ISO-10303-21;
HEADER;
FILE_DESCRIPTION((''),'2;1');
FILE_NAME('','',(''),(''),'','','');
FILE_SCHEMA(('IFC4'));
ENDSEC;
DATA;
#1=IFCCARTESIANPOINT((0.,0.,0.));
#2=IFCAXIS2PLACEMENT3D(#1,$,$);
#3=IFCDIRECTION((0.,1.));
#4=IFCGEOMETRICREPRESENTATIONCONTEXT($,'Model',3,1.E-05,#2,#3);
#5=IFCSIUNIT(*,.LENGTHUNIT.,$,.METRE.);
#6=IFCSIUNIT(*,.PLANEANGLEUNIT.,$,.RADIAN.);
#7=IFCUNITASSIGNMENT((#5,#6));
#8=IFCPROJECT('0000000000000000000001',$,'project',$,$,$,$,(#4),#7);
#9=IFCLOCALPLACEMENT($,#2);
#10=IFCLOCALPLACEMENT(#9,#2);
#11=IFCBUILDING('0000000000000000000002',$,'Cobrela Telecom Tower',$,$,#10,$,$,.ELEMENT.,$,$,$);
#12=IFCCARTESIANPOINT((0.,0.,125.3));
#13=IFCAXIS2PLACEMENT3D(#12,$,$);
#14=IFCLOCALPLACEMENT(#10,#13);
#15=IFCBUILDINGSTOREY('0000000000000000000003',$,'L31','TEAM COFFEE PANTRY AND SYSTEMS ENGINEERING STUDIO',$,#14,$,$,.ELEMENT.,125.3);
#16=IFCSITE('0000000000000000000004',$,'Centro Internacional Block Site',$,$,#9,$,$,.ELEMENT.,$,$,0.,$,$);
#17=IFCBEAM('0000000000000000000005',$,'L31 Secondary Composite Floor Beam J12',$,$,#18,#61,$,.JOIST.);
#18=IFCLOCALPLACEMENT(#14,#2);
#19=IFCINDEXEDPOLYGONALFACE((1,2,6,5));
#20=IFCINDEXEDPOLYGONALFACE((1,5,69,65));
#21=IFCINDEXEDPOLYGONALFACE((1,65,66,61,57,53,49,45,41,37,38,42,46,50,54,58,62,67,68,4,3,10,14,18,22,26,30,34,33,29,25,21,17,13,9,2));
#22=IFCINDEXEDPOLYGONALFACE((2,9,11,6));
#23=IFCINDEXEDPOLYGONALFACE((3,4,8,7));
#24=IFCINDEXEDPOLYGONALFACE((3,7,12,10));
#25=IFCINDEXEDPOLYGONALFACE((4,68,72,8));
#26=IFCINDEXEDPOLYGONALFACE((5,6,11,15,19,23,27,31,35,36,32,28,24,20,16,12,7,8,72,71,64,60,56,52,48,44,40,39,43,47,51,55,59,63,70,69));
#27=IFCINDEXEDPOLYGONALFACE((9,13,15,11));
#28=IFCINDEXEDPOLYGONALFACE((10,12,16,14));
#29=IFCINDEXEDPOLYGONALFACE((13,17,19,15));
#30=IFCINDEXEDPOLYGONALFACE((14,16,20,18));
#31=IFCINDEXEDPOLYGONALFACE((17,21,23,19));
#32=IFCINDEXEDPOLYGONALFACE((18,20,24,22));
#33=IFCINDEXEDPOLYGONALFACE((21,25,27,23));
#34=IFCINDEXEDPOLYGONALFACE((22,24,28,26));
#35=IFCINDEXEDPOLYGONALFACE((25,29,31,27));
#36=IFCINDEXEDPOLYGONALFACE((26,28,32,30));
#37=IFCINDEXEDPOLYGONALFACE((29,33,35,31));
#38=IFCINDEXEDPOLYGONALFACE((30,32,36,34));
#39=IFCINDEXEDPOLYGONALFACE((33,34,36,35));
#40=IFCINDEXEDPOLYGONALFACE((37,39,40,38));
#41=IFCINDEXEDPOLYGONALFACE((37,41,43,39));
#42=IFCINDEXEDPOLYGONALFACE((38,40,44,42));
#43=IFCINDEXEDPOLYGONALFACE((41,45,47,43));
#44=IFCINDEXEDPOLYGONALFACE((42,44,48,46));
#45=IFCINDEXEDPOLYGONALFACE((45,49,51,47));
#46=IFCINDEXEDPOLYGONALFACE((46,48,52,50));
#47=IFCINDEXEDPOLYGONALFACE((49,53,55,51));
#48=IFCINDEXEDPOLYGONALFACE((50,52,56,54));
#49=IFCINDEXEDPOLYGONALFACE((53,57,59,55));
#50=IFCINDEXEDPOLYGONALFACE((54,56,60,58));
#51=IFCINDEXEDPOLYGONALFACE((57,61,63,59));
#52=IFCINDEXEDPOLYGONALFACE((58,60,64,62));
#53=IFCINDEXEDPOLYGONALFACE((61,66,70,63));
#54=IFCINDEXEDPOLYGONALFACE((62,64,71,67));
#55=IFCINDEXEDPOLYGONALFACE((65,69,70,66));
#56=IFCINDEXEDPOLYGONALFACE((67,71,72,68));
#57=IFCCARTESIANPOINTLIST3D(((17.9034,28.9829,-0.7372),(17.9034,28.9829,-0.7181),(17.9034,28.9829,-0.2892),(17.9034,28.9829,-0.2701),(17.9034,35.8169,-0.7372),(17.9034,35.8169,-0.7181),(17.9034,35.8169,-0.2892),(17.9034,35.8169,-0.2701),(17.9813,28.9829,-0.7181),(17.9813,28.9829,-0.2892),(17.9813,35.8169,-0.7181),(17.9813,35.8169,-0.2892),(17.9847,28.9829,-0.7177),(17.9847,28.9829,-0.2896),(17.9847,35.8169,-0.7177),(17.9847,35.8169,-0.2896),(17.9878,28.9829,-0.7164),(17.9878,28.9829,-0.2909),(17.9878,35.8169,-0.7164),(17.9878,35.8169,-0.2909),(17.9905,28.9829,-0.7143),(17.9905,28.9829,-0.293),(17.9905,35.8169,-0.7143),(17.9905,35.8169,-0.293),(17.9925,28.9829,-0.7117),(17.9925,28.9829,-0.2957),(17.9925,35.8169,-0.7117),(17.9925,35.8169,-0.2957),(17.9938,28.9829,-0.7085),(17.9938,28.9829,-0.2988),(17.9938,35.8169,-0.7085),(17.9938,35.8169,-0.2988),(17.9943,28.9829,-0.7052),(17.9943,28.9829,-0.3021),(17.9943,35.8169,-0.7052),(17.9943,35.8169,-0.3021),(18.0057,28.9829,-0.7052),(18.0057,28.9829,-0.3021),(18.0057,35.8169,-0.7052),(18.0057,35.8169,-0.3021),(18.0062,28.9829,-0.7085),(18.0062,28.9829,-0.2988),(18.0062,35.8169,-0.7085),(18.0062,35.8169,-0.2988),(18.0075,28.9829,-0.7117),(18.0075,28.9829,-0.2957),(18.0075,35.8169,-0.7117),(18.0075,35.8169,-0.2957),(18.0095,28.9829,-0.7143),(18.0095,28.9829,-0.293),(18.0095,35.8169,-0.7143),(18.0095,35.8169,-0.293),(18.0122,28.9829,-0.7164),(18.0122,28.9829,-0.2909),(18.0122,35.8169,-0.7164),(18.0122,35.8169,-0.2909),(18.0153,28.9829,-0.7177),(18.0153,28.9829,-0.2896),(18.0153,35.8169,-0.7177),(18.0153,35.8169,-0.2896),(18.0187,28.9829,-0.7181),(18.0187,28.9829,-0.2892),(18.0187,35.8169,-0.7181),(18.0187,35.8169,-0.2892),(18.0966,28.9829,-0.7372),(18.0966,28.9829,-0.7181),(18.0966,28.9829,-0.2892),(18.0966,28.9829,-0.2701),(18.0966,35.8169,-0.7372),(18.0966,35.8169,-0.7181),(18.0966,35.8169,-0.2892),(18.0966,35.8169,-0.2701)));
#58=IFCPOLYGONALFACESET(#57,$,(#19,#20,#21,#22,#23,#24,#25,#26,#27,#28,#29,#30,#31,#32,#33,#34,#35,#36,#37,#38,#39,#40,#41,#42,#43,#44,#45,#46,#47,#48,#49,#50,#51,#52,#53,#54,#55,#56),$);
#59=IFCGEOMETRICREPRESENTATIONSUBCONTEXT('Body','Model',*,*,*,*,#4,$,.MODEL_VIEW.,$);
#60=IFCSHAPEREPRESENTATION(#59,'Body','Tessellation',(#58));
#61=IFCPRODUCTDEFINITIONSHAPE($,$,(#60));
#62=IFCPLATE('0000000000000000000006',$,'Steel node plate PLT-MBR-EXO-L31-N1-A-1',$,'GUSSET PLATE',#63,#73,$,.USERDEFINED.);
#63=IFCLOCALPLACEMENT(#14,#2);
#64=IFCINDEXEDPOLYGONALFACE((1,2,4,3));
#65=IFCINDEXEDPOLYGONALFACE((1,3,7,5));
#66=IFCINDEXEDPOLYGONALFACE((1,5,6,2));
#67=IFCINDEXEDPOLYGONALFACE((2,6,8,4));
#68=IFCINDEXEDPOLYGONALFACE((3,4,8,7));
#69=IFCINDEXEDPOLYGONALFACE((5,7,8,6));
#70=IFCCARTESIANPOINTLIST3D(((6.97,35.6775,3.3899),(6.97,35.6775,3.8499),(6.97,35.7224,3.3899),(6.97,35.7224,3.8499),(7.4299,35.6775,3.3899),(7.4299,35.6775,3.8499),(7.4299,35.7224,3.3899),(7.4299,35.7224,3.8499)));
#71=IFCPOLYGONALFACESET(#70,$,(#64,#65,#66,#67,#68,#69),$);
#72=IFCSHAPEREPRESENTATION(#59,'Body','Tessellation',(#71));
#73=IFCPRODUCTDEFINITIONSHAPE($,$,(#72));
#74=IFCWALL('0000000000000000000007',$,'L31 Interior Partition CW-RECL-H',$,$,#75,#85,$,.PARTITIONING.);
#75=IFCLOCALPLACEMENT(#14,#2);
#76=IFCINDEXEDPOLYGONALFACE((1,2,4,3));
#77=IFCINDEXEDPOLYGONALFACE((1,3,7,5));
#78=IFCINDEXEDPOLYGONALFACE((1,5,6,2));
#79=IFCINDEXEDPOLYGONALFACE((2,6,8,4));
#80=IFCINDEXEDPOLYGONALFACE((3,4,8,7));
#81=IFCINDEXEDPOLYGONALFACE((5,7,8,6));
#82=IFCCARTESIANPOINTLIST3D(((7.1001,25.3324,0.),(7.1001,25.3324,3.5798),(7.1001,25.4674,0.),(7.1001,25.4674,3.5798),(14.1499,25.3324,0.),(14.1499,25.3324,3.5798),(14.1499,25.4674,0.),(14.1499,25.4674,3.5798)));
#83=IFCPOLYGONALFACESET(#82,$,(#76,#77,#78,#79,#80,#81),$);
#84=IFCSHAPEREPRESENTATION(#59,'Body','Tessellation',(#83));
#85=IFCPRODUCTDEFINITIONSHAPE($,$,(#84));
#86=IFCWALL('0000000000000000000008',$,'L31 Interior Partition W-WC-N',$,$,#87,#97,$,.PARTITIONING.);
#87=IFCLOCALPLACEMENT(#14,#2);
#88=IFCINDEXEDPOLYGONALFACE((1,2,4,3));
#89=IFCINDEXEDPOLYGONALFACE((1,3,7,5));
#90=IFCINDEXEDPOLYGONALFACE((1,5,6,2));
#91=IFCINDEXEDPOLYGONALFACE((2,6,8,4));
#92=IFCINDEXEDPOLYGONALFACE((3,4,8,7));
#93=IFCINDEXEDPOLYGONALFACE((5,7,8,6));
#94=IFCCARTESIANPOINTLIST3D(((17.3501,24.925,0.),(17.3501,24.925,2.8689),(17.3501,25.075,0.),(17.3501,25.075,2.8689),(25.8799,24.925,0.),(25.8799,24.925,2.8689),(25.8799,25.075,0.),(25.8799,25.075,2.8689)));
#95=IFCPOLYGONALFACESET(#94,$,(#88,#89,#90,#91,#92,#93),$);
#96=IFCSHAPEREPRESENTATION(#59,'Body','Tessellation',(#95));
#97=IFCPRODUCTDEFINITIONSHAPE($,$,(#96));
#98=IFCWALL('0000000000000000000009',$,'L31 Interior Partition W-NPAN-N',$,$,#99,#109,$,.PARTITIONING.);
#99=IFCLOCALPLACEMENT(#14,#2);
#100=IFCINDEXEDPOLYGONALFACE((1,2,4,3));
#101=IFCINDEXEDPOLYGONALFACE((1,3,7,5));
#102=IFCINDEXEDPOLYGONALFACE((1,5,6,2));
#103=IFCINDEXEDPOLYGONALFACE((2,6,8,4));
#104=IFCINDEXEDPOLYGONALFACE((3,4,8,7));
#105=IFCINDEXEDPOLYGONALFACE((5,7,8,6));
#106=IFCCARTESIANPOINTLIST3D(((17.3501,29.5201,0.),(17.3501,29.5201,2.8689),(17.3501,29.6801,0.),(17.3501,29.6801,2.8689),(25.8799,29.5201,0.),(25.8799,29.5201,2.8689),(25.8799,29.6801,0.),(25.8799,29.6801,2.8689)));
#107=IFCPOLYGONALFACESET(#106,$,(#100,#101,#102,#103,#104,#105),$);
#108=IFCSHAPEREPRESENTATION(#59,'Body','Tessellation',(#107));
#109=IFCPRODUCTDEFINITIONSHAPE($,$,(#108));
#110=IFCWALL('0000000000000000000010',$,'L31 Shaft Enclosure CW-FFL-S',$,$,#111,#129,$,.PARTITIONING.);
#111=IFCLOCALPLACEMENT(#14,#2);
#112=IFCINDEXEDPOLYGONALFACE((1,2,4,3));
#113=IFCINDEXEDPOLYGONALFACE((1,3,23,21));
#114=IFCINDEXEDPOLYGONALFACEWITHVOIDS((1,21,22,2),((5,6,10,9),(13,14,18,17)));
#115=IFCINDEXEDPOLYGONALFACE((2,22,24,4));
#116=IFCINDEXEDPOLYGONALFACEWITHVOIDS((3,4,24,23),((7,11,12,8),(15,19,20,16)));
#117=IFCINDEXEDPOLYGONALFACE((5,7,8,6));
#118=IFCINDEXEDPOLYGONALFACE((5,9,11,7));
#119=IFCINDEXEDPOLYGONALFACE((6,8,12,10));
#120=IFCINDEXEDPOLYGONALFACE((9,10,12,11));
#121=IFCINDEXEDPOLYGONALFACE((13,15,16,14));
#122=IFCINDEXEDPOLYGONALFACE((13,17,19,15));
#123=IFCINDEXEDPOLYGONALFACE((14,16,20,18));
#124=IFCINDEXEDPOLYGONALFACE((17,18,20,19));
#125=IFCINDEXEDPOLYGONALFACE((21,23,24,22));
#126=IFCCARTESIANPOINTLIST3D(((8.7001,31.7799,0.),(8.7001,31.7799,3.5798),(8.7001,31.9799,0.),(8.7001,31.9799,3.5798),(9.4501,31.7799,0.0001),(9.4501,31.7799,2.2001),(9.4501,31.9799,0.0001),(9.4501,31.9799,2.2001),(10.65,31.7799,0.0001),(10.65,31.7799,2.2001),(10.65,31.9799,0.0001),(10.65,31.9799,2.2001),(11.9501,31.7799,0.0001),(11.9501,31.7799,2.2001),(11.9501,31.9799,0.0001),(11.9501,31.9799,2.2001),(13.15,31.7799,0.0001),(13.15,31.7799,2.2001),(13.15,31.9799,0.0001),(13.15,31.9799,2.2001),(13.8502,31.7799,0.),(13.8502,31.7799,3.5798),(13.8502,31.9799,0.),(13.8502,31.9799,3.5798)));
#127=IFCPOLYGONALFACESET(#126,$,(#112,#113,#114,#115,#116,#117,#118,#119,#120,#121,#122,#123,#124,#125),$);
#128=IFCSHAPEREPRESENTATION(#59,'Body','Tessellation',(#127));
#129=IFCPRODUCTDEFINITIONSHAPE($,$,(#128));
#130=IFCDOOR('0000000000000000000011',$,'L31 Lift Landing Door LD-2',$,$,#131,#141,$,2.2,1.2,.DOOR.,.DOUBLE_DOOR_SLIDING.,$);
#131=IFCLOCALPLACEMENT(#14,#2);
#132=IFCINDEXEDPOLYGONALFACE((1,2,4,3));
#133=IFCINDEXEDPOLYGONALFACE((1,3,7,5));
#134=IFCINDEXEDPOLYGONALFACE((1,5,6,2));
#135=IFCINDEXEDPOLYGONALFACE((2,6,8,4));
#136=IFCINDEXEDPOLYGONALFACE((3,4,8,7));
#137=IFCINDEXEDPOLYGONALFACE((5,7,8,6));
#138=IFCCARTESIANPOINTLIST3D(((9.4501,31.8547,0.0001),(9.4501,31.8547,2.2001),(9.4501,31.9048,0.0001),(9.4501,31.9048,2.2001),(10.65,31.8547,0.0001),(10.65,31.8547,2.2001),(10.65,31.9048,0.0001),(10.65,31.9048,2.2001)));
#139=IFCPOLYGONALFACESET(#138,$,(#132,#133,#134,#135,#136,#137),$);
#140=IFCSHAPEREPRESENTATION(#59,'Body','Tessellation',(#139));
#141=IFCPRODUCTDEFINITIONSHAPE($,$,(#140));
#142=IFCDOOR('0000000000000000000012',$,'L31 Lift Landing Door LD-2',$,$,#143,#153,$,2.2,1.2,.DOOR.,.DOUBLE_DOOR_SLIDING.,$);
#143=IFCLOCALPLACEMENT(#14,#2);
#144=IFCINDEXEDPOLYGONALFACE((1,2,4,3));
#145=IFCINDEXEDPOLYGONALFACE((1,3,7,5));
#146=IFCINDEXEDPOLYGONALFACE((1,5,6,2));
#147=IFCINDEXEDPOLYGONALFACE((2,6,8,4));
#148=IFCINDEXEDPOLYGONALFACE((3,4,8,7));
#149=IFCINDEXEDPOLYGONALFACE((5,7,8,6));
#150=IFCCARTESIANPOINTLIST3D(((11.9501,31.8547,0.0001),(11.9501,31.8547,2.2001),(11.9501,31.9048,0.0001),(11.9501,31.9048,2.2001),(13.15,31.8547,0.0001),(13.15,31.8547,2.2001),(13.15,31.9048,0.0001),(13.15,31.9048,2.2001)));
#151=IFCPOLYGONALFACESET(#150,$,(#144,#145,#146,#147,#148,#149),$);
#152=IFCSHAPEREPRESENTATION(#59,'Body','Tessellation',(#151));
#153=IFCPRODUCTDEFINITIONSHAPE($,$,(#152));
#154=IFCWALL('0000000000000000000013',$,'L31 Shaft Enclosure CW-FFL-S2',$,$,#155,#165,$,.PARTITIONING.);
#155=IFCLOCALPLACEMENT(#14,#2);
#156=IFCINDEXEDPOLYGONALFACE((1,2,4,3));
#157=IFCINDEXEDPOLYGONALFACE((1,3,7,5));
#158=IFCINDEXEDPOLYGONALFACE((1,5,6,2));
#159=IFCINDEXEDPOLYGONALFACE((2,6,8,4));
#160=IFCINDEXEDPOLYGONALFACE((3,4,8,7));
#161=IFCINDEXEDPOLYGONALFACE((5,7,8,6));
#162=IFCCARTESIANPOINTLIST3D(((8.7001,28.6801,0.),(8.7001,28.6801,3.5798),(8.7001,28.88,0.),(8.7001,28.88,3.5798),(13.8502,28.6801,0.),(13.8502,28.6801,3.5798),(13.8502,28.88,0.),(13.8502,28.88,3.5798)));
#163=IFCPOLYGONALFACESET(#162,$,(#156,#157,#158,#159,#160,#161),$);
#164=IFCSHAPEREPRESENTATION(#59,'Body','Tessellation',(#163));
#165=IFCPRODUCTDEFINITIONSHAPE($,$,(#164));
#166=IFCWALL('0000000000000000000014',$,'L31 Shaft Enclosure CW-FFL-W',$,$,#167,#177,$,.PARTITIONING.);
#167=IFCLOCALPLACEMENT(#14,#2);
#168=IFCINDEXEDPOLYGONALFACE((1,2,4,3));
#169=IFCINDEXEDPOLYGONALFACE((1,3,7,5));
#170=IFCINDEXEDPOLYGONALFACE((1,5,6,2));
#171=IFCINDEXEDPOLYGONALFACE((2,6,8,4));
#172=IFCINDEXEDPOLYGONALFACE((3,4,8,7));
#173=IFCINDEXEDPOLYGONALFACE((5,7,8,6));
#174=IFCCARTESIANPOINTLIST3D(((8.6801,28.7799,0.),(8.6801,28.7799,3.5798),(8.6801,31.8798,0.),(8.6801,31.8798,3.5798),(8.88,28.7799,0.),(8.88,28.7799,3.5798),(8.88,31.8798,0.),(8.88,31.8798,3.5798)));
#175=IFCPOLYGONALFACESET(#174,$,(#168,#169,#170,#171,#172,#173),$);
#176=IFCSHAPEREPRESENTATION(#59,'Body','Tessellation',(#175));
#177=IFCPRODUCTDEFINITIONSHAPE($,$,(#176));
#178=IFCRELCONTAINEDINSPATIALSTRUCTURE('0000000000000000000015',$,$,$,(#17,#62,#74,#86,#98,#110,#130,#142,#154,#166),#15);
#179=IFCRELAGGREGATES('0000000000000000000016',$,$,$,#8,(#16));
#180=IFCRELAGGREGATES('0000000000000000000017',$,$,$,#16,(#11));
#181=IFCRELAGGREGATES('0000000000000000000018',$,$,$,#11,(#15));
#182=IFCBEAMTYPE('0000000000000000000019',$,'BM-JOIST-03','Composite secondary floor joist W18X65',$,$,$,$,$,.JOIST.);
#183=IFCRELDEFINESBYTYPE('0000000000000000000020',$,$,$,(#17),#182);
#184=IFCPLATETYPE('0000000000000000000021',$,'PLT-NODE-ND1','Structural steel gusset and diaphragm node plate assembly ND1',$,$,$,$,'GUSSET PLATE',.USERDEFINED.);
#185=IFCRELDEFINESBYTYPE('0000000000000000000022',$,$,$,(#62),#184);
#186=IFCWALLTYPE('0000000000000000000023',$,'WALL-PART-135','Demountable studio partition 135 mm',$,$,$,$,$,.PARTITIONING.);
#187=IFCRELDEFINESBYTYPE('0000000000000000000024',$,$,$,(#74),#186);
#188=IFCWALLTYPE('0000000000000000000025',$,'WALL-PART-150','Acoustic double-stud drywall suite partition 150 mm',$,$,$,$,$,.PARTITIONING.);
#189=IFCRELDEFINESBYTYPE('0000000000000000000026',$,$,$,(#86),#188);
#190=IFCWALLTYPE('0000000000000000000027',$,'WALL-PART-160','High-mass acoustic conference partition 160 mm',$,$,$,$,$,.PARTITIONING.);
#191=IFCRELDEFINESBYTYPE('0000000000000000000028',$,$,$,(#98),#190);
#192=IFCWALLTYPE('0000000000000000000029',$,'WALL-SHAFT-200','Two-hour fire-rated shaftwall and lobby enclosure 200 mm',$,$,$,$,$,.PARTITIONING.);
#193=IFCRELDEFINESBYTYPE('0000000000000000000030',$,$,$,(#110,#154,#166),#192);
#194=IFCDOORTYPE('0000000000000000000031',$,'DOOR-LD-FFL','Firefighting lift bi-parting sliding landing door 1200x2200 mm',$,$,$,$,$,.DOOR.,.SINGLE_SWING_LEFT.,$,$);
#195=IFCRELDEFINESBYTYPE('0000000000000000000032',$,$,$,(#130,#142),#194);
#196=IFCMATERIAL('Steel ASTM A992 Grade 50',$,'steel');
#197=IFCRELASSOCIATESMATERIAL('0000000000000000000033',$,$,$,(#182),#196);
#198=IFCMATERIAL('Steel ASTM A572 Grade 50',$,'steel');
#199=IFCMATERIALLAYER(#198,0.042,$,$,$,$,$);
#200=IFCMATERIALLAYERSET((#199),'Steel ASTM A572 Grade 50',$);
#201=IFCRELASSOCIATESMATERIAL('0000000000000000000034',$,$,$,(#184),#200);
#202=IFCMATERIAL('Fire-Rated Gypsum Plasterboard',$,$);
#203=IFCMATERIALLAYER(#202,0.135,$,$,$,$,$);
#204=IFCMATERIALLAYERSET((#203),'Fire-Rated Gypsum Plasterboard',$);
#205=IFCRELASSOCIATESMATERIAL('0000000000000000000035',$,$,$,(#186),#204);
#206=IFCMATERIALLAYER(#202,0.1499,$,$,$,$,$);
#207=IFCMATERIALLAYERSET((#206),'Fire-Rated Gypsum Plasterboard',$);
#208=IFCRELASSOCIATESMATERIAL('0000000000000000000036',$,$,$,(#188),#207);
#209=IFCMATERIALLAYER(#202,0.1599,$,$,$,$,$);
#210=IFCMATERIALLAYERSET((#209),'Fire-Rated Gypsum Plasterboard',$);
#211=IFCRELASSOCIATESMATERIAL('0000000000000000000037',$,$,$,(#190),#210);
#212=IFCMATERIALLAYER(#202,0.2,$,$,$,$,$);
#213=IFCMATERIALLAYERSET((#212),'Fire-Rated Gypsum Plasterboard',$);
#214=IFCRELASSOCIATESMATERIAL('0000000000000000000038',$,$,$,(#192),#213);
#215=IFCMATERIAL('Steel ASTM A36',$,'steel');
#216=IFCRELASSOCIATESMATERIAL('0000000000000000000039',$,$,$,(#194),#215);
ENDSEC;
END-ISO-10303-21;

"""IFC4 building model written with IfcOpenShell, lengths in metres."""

from ifc_helpers import new_model, si_unit, direction, frame, frame_2d, origin, origin_2d, place, context, subcontext, project, spatial, rectangle, i_section, extrude, material, layer, layer_set, material_profile, profile_set, type_object, element, fill, save


model = new_model("IFC4")

# Units and contexts
model_context = context("Model", 3, precision=1e-05, world=origin(), true_north=direction((0.0, 1.0)))
body_context = subcontext(model_context, "Body", "Model", "MODEL_VIEW")
ifc_project = project(units=[si_unit("LENGTHUNIT", "METRE"), si_unit("PLANEANGLEUNIT", "RADIAN")], contexts=[model_context])

# Site, building, storey
site_placement = place(None, origin())
site = spatial("IfcSite", under=ifc_project, at=site_placement, Name="Centro Internacional Block Site", CompositionType="ELEMENT", RefElevation=0.0)
building_placement = place(site_placement, origin())
building = spatial("IfcBuilding", under=site, at=building_placement, Name="Cobrela Telecom Tower", CompositionType="ELEMENT")
storey_placement = place(building_placement, frame((0.0, 0.0, 125.3)))
storey = spatial("IfcBuildingStorey", under=building, at=storey_placement, Name="L31", Description="TEAM COFFEE PANTRY AND SYSTEMS ENGINEERING STUDIO", CompositionType="ELEMENT", Elevation=125.3)

# Beam
ifc_material_1 = material(Name="Steel ASTM A992 Grade 50", Category="steel")
ifc_material_profile_1 = material_profile(ifc_material_1, i_section(OverallWidth=0.1931, OverallDepth=0.467, WebThickness=0.0115, FlangeThickness=0.019, FilletRadius=0.0129, at=origin_2d()), Name="W18X65")
ifc_profile_set_1 = profile_set([ifc_material_profile_1], Name="Steel ASTM A992 Grade 50")
beam_type_1 = type_object("IfcBeamType", Name="BM-JOIST-03", Description="Composite secondary floor joist W18X65", PredefinedType="JOIST", material=ifc_profile_set_1)
for number, where, z_axis, x_axis, name in (
    (1, (18.0, 28.9829, -0.5037), (0.0, 1.0, 0.0), (-1.0, 0.0, 0.0), "L31 Secondary Composite Floor Beam J12"),
):
    element("IfcBeam", number, at=place(storey_placement, frame(where, z_axis=z_axis, x_axis=x_axis)), inside=storey, type_object=beam_type_1, Name=name, PredefinedType="JOIST", context=body_context, shape_type="SweptSolid", body=[
        extrude(i_section(OverallWidth=0.1931, OverallDepth=0.467, WebThickness=0.0115, FlangeThickness=0.019, FilletRadius=0.0129, at=origin_2d()), origin(), (0.0, 0.0, 1.0), 6.834),
    ])

# Plate
ifc_material_2 = material(Name="Steel ASTM A572 Grade 50", Category="steel")
ifc_layer_1 = layer(ifc_material_2, 0.042)
ifc_layer_set_1 = layer_set([ifc_layer_1], Name="Steel ASTM A572 Grade 50")
plate_type = type_object("IfcPlateType", Name="PLT-NODE-ND1", Description="Structural steel gusset and diaphragm node plate assembly ND1", ElementType="GUSSET PLATE", PredefinedType="USERDEFINED", material=ifc_layer_set_1)
plate_placement = place(storey_placement, frame((7.2, 35.7, 3.3899), z_axis=(0.0, 0.0, 1.0), x_axis=(1.0, 0.0, 0.0)))
element("IfcPlate", 2, at=plate_placement, inside=storey, type_object=plate_type, Name="Steel node plate PLT-MBR-EXO-L31-N1-A-1", ObjectType="GUSSET PLATE", PredefinedType="USERDEFINED", context=body_context, shape_type="SweptSolid", body=[
    extrude(rectangle(XDim=0.46, YDim=0.0449, at=origin_2d()), origin(), (0.0, 0.0, 1.0), 0.46),
])

# Shared definitions
ifc_material_3 = material(Name="Steel ASTM A36", Category="steel")

# Walls
ifc_material_4 = material(Name="Fire-Rated Gypsum Plasterboard")
ifc_layer_2 = layer(ifc_material_4, 0.135)
ifc_layer_set_2 = layer_set([ifc_layer_2], Name="Fire-Rated Gypsum Plasterboard")
wall_type_1 = type_object("IfcWallType", Name="WALL-PART-135", Description="Demountable studio partition 135 mm", PredefinedType="PARTITIONING", material=ifc_layer_set_2)
wall_1_placement = place(storey_placement, frame((7.1001, 25.3999, 0.0), z_axis=(0.0, 0.0, 1.0), x_axis=(1.0, 0.0, 0.0)))
element("IfcWall", 3, at=wall_1_placement, inside=storey, type_object=wall_type_1, Name="L31 Interior Partition CW-RECL-H", PredefinedType="PARTITIONING", context=body_context, shape_type="SweptSolid", body=[
    extrude(rectangle(XDim=7.0498, YDim=0.135, at=frame_2d((3.5249, 0.0))), origin(), (0.0, 0.0, 1.0), 3.5798),
])
ifc_layer_3 = layer(ifc_material_4, 0.1499)
ifc_layer_set_3 = layer_set([ifc_layer_3], Name="Fire-Rated Gypsum Plasterboard")
wall_type_2 = type_object("IfcWallType", Name="WALL-PART-150", Description="Acoustic double-stud drywall suite partition 150 mm", PredefinedType="PARTITIONING", material=ifc_layer_set_3)
wall_2_placement = place(storey_placement, frame((17.3501, 25.0, 0.0), z_axis=(0.0, 0.0, 1.0), x_axis=(1.0, 0.0, 0.0)))
element("IfcWall", 4, at=wall_2_placement, inside=storey, type_object=wall_type_2, Name="L31 Interior Partition W-WC-N", PredefinedType="PARTITIONING", context=body_context, shape_type="SweptSolid", body=[
    extrude(rectangle(XDim=8.5298, YDim=0.1499, at=frame_2d((4.2649, 0.0))), origin(), (0.0, 0.0, 1.0), 2.8689),
])
ifc_layer_4 = layer(ifc_material_4, 0.1599)
ifc_layer_set_4 = layer_set([ifc_layer_4], Name="Fire-Rated Gypsum Plasterboard")
wall_type_3 = type_object("IfcWallType", Name="WALL-PART-160", Description="High-mass acoustic conference partition 160 mm", PredefinedType="PARTITIONING", material=ifc_layer_set_4)
wall_3_placement = place(storey_placement, frame((17.3501, 29.6001, 0.0), z_axis=(0.0, 0.0, 1.0), x_axis=(1.0, 0.0, 0.0)))
element("IfcWall", 5, at=wall_3_placement, inside=storey, type_object=wall_type_3, Name="L31 Interior Partition W-NPAN-N", PredefinedType="PARTITIONING", context=body_context, shape_type="SweptSolid", body=[
    extrude(rectangle(XDim=8.5298, YDim=0.1599, at=frame_2d((4.2649, 0.0))), origin(), (0.0, 0.0, 1.0), 2.8689),
])

# Wall, openings, doors
ifc_layer_5 = layer(ifc_material_4, 0.2)
ifc_layer_set_5 = layer_set([ifc_layer_5], Name="Fire-Rated Gypsum Plasterboard")
wall_type_4 = type_object("IfcWallType", Name="WALL-SHAFT-200", Description="Two-hour fire-rated shaftwall and lobby enclosure 200 mm", PredefinedType="PARTITIONING", material=ifc_layer_set_5)
wall_4_placement = place(storey_placement, frame((8.7, 31.8799, 0.0), z_axis=(0.0, 0.0, 1.0), x_axis=(1.0, 0.0, 0.0)))
wall_4 = element("IfcWall", 6, at=wall_4_placement, inside=storey, type_object=wall_type_4, Name="L31 Shaft Enclosure CW-FFL-S", PredefinedType="PARTITIONING", context=body_context, shape_type="SweptSolid", body=[
    extrude(rectangle(XDim=5.1501, YDim=0.2, at=frame_2d((2.5752, 0.0))), origin(), (0.0, 0.0, 1.0), 3.5798),
])
opening_1_placement = place(wall_4_placement, frame((0.75, 0.0, 0.0)))
opening_1 = element("IfcOpeningElement", 7, at=opening_1_placement, cuts=wall_4, PredefinedType="OPENING", context=body_context, shape_type="SweptSolid", body=[
    extrude(rectangle(XDim=1.2, YDim=2.2, at=frame_2d((0.6001, 1.1001))), frame((0.0, 0.1118, 0.0), z_axis=(0.0, -1.0, 0.0), x_axis=(1.0, 0.0, 0.0)), (0.0, 0.0, 1.0), 0.2239),
])
opening_2_placement = place(wall_4_placement, frame((3.25, 0.0, 0.0)))
opening_2 = element("IfcOpeningElement", 8, at=opening_2_placement, cuts=wall_4, PredefinedType="OPENING", context=body_context, shape_type="SweptSolid", body=[
    extrude(rectangle(XDim=1.2, YDim=2.2, at=frame_2d((0.6001, 1.1001))), frame((0.0, 0.1118, 0.0), z_axis=(0.0, -1.0, 0.0), x_axis=(1.0, 0.0, 0.0)), (0.0, 0.0, 1.0), 0.2239),
])
door_type_1 = type_object("IfcDoorType", Name="DOOR-LD-FFL", Description="Firefighting lift bi-parting sliding landing door 1200x2200 mm", OperationType="SINGLE_SWING_LEFT", PredefinedType="DOOR", material=ifc_material_3)
door_1_placement = place(opening_1_placement, origin())
door_1 = element("IfcDoor", 9, at=door_1_placement, inside=storey, type_object=door_type_1, Name="L31 Lift Landing Door LD-2", OperationType="DOUBLE_DOOR_SLIDING", OverallHeight=2.2, OverallWidth=1.2, PredefinedType="DOOR", context=body_context, shape_type="SweptSolid", body=[
    extrude(rectangle(XDim=1.2, YDim=2.2, at=frame_2d((0.6001, 1.1001))), frame((0.0, 0.0249, 0.0), z_axis=(0.0, -1.0, 0.0), x_axis=(1.0, 0.0, 0.0)), (0.0, 0.0, 1.0), 0.05),
])
fill(opening_1, door_1)
door_2_placement = place(opening_2_placement, origin())
door_2 = element("IfcDoor", 10, at=door_2_placement, inside=storey, type_object=door_type_1, Name="L31 Lift Landing Door LD-2", OperationType="DOUBLE_DOOR_SLIDING", OverallHeight=2.2, OverallWidth=1.2, PredefinedType="DOOR", context=body_context, shape_type="SweptSolid", body=[
    extrude(rectangle(XDim=1.2, YDim=2.2, at=frame_2d((0.6001, 1.1001))), frame((0.0, 0.0249, 0.0), z_axis=(0.0, -1.0, 0.0), x_axis=(1.0, 0.0, 0.0)), (0.0, 0.0, 1.0), 0.05),
])
fill(opening_2, door_2)

# Walls
wall_5_placement = place(storey_placement, frame((8.7, 28.78, 0.0), z_axis=(0.0, 0.0, 1.0), x_axis=(1.0, 0.0, 0.0)))
element("IfcWall", 11, at=wall_5_placement, inside=storey, type_object=wall_type_4, Name="L31 Shaft Enclosure CW-FFL-S2", PredefinedType="PARTITIONING", context=body_context, shape_type="SweptSolid", body=[
    extrude(rectangle(XDim=5.1501, YDim=0.2, at=frame_2d((2.5752, 0.0))), origin(), (0.0, 0.0, 1.0), 3.5798),
])
for number, where, z_axis, x_axis, name in (
    (12, (8.78, 28.78, 0.0), (0.0, 0.0, 1.0), (0.0, 1.0, 0.0), "L31 Shaft Enclosure CW-FFL-W"),
):
    element("IfcWall", number, at=place(storey_placement, frame(where, z_axis=z_axis, x_axis=x_axis)), inside=storey, type_object=wall_type_4, Name=name, PredefinedType="PARTITIONING", context=body_context, shape_type="SweptSolid", body=[
        extrude(rectangle(XDim=3.0999, YDim=0.2, at=frame_2d((1.5498, 0.0))), origin(), (0.0, 0.0, 1.0), 3.5798),
    ])

save(model, "model.ifc")
